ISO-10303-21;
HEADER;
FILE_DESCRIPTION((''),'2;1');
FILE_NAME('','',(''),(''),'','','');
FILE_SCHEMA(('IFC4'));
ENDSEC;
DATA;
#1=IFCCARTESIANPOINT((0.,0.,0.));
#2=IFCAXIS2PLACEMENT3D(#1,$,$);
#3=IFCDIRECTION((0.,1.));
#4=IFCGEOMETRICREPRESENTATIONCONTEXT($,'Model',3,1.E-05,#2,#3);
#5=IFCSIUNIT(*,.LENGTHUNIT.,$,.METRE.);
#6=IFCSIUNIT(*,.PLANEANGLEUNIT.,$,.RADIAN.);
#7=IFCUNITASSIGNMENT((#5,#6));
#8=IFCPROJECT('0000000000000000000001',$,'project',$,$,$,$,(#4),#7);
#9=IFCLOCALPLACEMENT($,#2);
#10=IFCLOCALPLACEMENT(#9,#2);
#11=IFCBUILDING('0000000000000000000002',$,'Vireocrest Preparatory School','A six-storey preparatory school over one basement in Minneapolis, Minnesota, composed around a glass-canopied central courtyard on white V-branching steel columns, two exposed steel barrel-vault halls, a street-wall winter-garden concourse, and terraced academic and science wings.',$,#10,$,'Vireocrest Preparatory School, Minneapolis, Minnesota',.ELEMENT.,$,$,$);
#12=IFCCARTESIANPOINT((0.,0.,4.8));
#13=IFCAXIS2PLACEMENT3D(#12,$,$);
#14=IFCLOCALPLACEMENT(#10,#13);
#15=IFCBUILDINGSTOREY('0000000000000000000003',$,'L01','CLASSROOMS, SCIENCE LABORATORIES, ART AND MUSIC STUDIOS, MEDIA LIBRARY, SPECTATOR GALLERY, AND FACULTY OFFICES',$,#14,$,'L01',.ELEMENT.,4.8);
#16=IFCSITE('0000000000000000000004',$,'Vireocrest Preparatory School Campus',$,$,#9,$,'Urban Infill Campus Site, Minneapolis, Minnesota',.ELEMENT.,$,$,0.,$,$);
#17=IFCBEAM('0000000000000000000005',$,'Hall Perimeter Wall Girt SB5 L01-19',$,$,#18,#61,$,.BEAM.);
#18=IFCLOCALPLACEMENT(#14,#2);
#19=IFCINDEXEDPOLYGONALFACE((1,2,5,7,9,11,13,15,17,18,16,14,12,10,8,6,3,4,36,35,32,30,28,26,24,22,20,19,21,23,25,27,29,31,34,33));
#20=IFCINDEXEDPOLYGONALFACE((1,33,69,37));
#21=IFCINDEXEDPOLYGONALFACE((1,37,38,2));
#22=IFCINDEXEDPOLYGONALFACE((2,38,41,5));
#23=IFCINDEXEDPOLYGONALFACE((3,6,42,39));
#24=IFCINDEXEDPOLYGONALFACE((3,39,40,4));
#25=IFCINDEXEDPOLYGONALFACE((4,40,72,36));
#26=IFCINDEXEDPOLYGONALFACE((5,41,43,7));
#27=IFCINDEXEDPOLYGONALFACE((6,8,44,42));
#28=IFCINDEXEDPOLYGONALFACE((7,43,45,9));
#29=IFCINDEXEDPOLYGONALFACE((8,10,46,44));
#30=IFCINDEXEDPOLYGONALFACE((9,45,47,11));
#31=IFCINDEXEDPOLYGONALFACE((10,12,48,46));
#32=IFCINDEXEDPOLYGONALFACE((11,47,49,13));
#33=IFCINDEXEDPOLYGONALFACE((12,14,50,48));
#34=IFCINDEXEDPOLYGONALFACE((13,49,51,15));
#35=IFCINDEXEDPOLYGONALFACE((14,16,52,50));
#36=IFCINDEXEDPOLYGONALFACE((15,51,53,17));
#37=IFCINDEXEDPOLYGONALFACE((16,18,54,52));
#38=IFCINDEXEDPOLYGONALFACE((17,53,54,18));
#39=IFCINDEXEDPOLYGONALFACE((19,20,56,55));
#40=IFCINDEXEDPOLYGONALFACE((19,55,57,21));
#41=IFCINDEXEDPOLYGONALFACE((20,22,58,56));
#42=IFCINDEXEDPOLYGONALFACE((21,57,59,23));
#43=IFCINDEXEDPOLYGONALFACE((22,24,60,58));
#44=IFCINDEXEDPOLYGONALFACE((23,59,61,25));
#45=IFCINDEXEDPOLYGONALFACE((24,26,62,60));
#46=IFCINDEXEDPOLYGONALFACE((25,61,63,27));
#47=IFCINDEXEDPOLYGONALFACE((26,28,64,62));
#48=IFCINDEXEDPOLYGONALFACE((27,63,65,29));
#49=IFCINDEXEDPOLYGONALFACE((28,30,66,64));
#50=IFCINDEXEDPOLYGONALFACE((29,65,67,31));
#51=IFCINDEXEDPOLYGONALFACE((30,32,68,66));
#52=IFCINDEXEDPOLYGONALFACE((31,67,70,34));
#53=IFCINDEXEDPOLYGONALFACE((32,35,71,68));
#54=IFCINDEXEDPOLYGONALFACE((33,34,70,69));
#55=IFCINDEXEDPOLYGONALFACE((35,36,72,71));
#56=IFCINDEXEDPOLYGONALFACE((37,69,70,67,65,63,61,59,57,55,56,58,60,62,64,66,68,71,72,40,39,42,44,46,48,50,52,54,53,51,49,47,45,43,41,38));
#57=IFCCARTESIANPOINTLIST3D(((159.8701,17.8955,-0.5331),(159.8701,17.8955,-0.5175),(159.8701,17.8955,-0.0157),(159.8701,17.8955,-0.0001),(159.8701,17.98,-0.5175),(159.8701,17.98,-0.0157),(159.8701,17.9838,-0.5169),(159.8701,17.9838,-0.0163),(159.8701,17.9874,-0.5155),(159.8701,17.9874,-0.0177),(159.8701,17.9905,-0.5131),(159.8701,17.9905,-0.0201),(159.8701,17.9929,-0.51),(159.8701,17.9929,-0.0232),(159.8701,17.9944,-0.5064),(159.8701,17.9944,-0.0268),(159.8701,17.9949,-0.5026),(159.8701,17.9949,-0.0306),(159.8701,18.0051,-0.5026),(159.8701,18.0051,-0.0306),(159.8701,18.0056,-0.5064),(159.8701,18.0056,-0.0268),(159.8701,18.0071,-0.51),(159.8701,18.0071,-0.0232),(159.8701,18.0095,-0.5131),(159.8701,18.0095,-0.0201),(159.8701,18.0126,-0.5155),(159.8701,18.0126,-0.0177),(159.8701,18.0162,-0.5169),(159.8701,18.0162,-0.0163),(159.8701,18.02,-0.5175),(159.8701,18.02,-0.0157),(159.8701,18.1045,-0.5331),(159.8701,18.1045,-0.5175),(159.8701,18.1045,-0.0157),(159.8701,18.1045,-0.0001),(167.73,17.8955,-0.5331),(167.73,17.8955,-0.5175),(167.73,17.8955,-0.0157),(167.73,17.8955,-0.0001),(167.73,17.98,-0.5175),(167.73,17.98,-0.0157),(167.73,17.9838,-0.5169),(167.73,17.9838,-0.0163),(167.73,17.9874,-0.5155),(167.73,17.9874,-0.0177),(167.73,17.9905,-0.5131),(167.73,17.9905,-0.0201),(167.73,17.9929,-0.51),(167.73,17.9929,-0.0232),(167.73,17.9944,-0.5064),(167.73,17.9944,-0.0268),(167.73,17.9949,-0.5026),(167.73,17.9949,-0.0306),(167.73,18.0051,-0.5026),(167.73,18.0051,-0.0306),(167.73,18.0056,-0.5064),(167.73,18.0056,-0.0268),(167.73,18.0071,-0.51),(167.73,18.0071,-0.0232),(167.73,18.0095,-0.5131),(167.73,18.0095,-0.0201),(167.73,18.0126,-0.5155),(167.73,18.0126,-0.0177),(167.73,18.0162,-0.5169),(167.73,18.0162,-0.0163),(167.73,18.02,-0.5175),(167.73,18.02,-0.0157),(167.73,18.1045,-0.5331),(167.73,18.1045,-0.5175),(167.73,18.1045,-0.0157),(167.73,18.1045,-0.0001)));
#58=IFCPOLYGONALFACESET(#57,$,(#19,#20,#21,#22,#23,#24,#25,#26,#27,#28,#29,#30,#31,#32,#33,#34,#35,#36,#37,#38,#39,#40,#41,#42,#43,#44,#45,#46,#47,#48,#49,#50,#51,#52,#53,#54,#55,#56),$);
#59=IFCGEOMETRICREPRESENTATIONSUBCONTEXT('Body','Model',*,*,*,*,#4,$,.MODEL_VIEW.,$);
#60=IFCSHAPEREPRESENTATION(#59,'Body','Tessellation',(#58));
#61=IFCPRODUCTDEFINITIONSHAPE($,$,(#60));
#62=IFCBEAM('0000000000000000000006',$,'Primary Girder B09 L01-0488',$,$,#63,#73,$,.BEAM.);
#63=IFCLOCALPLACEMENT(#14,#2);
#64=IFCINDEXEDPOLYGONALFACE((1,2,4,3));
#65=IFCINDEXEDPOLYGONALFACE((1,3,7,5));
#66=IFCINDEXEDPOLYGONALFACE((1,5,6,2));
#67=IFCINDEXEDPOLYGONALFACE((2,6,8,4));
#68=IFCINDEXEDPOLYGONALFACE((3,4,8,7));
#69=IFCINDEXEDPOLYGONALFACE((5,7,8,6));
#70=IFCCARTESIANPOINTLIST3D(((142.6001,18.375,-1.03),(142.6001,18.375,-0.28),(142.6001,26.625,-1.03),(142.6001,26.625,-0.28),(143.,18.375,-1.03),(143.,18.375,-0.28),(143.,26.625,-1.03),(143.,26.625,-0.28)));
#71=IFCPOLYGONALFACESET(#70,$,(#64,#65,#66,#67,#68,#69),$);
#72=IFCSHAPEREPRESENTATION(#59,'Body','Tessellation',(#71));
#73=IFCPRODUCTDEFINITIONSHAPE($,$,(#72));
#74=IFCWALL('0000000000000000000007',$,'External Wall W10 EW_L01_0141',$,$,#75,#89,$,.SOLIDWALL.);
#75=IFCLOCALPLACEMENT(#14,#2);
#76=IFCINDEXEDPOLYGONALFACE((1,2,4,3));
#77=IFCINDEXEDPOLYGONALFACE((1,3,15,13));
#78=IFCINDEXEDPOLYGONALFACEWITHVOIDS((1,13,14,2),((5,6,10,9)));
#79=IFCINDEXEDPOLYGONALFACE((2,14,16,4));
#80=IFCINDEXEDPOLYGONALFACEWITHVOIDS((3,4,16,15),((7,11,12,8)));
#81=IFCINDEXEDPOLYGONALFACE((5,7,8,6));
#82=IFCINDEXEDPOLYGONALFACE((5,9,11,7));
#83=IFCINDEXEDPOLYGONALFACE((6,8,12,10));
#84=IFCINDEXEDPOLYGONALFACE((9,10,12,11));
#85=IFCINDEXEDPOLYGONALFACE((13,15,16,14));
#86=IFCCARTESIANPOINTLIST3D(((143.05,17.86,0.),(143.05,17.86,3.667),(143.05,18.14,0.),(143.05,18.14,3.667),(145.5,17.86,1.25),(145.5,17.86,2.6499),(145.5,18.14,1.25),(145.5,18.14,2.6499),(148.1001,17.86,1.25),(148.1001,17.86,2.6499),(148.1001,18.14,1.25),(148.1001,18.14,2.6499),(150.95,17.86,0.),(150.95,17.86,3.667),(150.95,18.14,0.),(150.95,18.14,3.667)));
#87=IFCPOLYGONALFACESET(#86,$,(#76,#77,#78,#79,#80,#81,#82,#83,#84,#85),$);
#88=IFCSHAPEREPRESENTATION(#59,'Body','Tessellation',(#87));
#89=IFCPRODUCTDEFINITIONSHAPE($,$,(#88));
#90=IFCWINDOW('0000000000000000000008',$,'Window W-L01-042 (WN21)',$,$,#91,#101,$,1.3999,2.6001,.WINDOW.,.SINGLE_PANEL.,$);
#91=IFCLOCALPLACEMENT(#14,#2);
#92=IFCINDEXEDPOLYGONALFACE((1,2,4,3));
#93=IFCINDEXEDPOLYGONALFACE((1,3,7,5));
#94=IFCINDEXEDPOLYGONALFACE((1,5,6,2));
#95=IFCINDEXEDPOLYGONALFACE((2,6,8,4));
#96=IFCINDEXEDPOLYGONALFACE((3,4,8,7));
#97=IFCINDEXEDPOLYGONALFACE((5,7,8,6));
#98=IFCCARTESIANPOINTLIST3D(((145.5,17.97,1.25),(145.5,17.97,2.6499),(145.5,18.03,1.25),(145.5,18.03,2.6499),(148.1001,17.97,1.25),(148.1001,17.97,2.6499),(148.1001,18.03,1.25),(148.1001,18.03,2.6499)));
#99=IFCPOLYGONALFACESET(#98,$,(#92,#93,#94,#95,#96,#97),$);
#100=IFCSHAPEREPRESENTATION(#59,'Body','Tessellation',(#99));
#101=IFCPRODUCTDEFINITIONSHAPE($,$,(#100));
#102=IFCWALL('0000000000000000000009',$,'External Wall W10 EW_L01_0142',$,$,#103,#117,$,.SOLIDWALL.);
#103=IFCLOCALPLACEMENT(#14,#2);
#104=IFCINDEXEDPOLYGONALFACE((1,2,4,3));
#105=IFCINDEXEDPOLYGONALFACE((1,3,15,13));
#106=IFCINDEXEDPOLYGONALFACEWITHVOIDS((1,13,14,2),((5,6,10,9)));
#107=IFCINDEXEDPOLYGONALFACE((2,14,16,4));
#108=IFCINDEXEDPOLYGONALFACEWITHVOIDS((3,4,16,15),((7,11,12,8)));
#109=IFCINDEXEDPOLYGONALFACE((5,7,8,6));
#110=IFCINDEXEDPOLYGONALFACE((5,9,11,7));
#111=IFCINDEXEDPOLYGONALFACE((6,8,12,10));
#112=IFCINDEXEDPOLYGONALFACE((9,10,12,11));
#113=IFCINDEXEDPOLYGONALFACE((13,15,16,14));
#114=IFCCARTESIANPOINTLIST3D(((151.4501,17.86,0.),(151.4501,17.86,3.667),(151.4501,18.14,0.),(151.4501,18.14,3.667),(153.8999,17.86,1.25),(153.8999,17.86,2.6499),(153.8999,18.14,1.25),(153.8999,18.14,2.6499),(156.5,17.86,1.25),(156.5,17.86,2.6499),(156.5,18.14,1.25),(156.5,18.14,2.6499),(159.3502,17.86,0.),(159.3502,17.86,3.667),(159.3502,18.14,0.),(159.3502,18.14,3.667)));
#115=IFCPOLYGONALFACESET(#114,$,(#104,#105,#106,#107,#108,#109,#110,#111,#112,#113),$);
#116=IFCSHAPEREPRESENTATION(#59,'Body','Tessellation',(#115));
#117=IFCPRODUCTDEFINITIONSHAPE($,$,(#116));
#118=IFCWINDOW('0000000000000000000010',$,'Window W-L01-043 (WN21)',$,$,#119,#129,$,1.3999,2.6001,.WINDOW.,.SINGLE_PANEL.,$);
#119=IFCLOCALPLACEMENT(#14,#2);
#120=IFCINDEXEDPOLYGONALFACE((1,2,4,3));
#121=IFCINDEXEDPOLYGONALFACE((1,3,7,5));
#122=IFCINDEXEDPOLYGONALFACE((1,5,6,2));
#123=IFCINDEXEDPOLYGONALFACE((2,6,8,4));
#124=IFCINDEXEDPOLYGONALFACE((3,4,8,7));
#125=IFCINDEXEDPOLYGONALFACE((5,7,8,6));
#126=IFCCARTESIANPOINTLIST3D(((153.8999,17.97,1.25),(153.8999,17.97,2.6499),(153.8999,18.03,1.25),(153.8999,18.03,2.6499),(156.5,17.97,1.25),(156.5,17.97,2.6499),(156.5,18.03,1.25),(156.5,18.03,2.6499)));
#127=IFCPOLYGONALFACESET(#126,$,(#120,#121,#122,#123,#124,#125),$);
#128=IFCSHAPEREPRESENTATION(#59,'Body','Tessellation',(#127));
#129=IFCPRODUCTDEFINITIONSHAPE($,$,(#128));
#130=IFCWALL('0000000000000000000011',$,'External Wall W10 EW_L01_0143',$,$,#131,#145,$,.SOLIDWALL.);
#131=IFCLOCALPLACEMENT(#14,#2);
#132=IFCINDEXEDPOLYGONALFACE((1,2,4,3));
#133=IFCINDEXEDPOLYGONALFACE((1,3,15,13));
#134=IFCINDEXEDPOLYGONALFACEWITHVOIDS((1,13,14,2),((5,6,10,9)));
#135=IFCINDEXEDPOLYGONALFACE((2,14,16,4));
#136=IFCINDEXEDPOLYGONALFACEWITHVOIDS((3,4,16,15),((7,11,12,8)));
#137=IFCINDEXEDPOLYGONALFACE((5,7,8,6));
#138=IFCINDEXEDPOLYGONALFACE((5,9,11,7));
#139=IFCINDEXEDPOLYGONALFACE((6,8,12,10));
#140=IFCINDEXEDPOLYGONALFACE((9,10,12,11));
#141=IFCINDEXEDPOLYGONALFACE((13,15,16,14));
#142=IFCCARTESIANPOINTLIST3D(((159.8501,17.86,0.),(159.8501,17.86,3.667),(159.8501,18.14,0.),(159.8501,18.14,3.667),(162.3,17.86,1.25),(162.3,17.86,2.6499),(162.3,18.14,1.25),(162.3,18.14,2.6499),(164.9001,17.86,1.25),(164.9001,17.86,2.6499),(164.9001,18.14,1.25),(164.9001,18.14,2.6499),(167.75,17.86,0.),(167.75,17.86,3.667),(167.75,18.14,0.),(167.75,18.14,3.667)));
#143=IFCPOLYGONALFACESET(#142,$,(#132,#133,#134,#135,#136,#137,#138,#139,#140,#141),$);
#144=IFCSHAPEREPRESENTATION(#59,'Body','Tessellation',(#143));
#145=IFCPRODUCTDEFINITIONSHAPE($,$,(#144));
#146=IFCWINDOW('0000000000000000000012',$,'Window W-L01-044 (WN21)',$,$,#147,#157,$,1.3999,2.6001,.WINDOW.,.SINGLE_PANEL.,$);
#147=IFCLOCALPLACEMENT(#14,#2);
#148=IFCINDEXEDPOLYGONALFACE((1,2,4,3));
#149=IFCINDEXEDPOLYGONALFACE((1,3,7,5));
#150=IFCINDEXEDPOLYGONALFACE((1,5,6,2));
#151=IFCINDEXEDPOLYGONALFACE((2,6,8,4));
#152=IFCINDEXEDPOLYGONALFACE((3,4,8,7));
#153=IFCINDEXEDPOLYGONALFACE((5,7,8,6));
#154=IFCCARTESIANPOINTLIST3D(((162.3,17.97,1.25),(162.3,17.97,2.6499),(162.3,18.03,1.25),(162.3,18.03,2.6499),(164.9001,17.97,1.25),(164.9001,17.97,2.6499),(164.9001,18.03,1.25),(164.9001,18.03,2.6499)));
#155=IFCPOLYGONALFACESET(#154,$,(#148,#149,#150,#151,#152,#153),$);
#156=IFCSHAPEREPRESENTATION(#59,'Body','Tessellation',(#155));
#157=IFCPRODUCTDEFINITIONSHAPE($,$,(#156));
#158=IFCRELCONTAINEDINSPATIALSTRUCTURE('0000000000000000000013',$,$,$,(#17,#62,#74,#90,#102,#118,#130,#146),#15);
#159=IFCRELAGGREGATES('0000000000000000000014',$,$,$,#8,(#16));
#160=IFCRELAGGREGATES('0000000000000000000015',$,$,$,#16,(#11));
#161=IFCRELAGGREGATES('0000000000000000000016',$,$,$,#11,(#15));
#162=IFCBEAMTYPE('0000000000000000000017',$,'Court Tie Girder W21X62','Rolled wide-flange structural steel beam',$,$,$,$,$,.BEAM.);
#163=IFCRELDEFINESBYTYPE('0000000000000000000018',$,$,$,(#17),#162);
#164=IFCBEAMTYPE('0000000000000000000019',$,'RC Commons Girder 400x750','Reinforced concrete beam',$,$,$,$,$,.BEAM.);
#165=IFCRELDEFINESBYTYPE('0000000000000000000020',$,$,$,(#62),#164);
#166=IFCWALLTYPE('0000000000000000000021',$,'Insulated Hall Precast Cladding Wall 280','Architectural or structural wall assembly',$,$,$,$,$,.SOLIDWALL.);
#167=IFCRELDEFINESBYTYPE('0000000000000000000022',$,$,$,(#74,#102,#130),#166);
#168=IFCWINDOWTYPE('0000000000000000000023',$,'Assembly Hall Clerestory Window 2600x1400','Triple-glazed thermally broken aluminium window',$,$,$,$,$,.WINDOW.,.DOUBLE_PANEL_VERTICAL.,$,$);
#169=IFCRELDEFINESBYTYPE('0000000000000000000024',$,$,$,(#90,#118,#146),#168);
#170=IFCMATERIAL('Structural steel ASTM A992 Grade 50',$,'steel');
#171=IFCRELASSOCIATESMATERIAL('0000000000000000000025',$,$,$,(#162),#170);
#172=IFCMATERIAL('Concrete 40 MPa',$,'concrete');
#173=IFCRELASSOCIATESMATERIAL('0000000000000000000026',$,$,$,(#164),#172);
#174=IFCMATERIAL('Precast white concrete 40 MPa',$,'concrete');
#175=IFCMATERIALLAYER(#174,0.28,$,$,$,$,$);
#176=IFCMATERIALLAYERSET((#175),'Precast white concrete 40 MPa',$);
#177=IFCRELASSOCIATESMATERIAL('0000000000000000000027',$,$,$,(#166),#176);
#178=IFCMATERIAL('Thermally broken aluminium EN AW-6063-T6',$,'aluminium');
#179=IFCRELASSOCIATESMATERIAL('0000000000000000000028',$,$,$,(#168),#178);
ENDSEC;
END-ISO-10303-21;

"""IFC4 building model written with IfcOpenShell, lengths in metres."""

from ifc_helpers import new_model, si_unit, direction, frame, frame_2d, origin, origin_2d, place, context, subcontext, project, spatial, rectangle, i_section, extrude, material, layer, layer_set, material_profile, profile_set, type_object, element, fill, save


model = new_model("IFC4")

# Units and contexts
model_context = context("Model", 3, precision=1e-05, world=origin(), true_north=direction((0.0, 1.0)))
body_context = subcontext(model_context, "Body", "Model", "MODEL_VIEW")
ifc_project = project(units=[si_unit("LENGTHUNIT", "METRE"), si_unit("PLANEANGLEUNIT", "RADIAN")], contexts=[model_context])

# Site, building, storey
site_placement = place(None, origin())
site = spatial("IfcSite", under=ifc_project, at=site_placement, Name="Vireocrest Preparatory School Campus", LongName="Urban Infill Campus Site, Minneapolis, Minnesota", CompositionType="ELEMENT", RefElevation=0.0)
building_placement = place(site_placement, origin())
building = spatial("IfcBuilding", under=site, at=building_placement, Name="Vireocrest Preparatory School", Description="A six-storey preparatory school over one basement in Minneapolis, Minnesota, composed around a glass-canopied central courtyard on white V-branching steel columns, two exposed steel barrel-vault halls, a street-wall winter-garden concourse, and terraced academic and science wings.", LongName="Vireocrest Preparatory School, Minneapolis, Minnesota", CompositionType="ELEMENT")
storey_placement = place(building_placement, frame((0.0, 0.0, 4.8)))
storey = spatial("IfcBuildingStorey", under=building, at=storey_placement, Name="L01", Description="CLASSROOMS, SCIENCE LABORATORIES, ART AND MUSIC STUDIOS, MEDIA LIBRARY, SPECTATOR GALLERY, AND FACULTY OFFICES", LongName="L01", CompositionType="ELEMENT", Elevation=4.8)

# Beams
ifc_material_1 = material(Name="Structural steel ASTM A992 Grade 50", Category="steel")
ifc_material_profile_1 = material_profile(ifc_material_1, i_section(OverallWidth=0.209, OverallDepth=0.533, WebThickness=0.0103, FlangeThickness=0.0156, FilletRadius=0.0149, at=origin_2d()), Name="W21X62")
ifc_profile_set_1 = profile_set([ifc_material_profile_1], Name="Structural steel ASTM A992 Grade 50")
beam_type_1 = type_object("IfcBeamType", Name="Court Tie Girder W21X62", Description="Rolled wide-flange structural steel beam", PredefinedType="BEAM", material=ifc_profile_set_1)
beam_1_placement = place(storey_placement, frame((159.8701, 18.0, -0.2666), z_axis=(1.0, 0.0, 0.0), x_axis=(0.0, 1.0, 0.0)))
element("IfcBeam", 1, at=beam_1_placement, inside=storey, type_object=beam_type_1, Name="Hall Perimeter Wall Girt SB5 L01-19", PredefinedType="BEAM", context=body_context, shape_type="SweptSolid", body=[
    extrude(i_section(OverallWidth=0.209, OverallDepth=0.533, WebThickness=0.0103, FlangeThickness=0.0156, FilletRadius=0.0149, at=origin_2d()), origin(), (0.0, 0.0, 1.0), 7.8599),
])
ifc_material_2 = material(Name="Concrete 40 MPa", Category="concrete")
ifc_material_profile_2 = material_profile(ifc_material_2, rectangle(XDim=0.3999, YDim=0.75, at=origin_2d()), Name="RC 400x750")
ifc_profile_set_2 = profile_set([ifc_material_profile_2], Name="Concrete 40 MPa")
beam_type_2 = type_object("IfcBeamType", Name="RC Commons Girder 400x750", Description="Reinforced concrete beam", PredefinedType="BEAM", material=ifc_profile_set_2)
beam_2_placement = place(storey_placement, frame((142.8, 18.375, -0.655), z_axis=(0.0, 1.0, 0.0), x_axis=(-1.0, 0.0, 0.0)))
element("IfcBeam", 2, at=beam_2_placement, inside=storey, type_object=beam_type_2, Name="Primary Girder B09 L01-0488", PredefinedType="BEAM", context=body_context, shape_type="SweptSolid", body=[
    extrude(rectangle(XDim=0.3999, YDim=0.75, at=origin_2d()), origin(), (0.0, 0.0, 1.0), 8.25),
])

# Walls, openings, windows
ifc_material_3 = material(Name="Precast white concrete 40 MPa", Category="concrete")
ifc_layer = layer(ifc_material_3, 0.28)
ifc_layer_set = layer_set([ifc_layer], Name="Precast white concrete 40 MPa")
wall_type = type_object("IfcWallType", Name="Insulated Hall Precast Cladding Wall 280", Description="Architectural or structural wall assembly", PredefinedType="SOLIDWALL", material=ifc_layer_set)
wall_1_placement = place(storey_placement, frame((143.05, 18.0, 0.0), z_axis=(0.0, 0.0, 1.0), x_axis=(1.0, 0.0, 0.0)))
wall_1 = element("IfcWall", 3, at=wall_1_placement, inside=storey, type_object=wall_type, Name="External Wall W10 EW_L01_0141", PredefinedType="SOLIDWALL", context=body_context, shape_type="SweptSolid", body=[
    extrude(rectangle(XDim=7.8999, YDim=0.28, at=frame_2d((3.95, 0.0))), origin(), (0.0, 0.0, 1.0), 3.667),
])
opening_1_placement = place(wall_1_placement, frame((2.45, 0.0, 1.25)))
opening_1 = element("IfcOpeningElement", 4, at=opening_1_placement, cuts=wall_1, PredefinedType="OPENING", context=body_context, shape_type="SweptSolid", body=[
    extrude(rectangle(XDim=2.6001, YDim=1.3999, at=frame_2d((1.3, 0.7))), frame((0.0, 0.1499, 0.0), z_axis=(0.0, -1.0, 0.0), x_axis=(1.0, 0.0, 0.0)), (0.0, 0.0, 1.0), 0.3),
])
ifc_material_4 = material(Name="Thermally broken aluminium EN AW-6063-T6", Category="aluminium")
window_type = type_object("IfcWindowType", Name="Assembly Hall Clerestory Window 2600x1400", Description="Triple-glazed thermally broken aluminium window", PartitioningType="DOUBLE_PANEL_VERTICAL", PredefinedType="WINDOW", material=ifc_material_4)
window_1_placement = place(opening_1_placement, origin())
window_1 = element("IfcWindow", 5, at=window_1_placement, inside=storey, type_object=window_type, Name="Window W-L01-042 (WN21)", OverallHeight=1.3999, OverallWidth=2.6001, PartitioningType="SINGLE_PANEL", PredefinedType="WINDOW", context=body_context, shape_type="SweptSolid", body=[
    extrude(rectangle(XDim=2.6001, YDim=1.3999, at=frame_2d((1.3, 0.7))), frame((0.0, 0.03, 0.0), z_axis=(0.0, -1.0, 0.0), x_axis=(1.0, 0.0, 0.0)), (0.0, 0.0, 1.0), 0.0601),
])
fill(opening_1, window_1)
wall_2_placement = place(storey_placement, frame((151.45, 18.0, 0.0), z_axis=(0.0, 0.0, 1.0), x_axis=(1.0, 0.0, 0.0)))
wall_2 = element("IfcWall", 6, at=wall_2_placement, inside=storey, type_object=wall_type, Name="External Wall W10 EW_L01_0142", PredefinedType="SOLIDWALL", context=body_context, shape_type="SweptSolid", body=[
    extrude(rectangle(XDim=7.9001, YDim=0.28, at=frame_2d((3.9502, 0.0))), origin(), (0.0, 0.0, 1.0), 3.667),
])
opening_2_placement = place(wall_2_placement, frame((2.45, 0.0, 1.25)))
opening_2 = element("IfcOpeningElement", 7, at=opening_2_placement, cuts=wall_2, PredefinedType="OPENING", context=body_context, shape_type="SweptSolid", body=[
    extrude(rectangle(XDim=2.6001, YDim=1.3999, at=frame_2d((1.3, 0.7))), frame((0.0, 0.1499, 0.0), z_axis=(0.0, -1.0, 0.0), x_axis=(1.0, 0.0, 0.0)), (0.0, 0.0, 1.0), 0.3),
])
window_2_placement = place(opening_2_placement, origin())
window_2 = element("IfcWindow", 8, at=window_2_placement, inside=storey, type_object=window_type, Name="Window W-L01-043 (WN21)", OverallHeight=1.3999, OverallWidth=2.6001, PartitioningType="SINGLE_PANEL", PredefinedType="WINDOW", context=body_context, shape_type="SweptSolid", body=[
    extrude(rectangle(XDim=2.6001, YDim=1.3999, at=frame_2d((1.3, 0.7))), frame((0.0, 0.03, 0.0), z_axis=(0.0, -1.0, 0.0), x_axis=(1.0, 0.0, 0.0)), (0.0, 0.0, 1.0), 0.0601),
])
fill(opening_2, window_2)
wall_3_placement = place(storey_placement, frame((159.8501, 18.0, 0.0), z_axis=(0.0, 0.0, 1.0), x_axis=(1.0, 0.0, 0.0)))
wall_3 = element("IfcWall", 9, at=wall_3_placement, inside=storey, type_object=wall_type, Name="External Wall W10 EW_L01_0143", PredefinedType="SOLIDWALL", context=body_context, shape_type="SweptSolid", body=[
    extrude(rectangle(XDim=7.8999, YDim=0.28, at=frame_2d((3.95, 0.0))), origin(), (0.0, 0.0, 1.0), 3.667),
])
opening_3_placement = place(wall_3_placement, frame((2.45, 0.0, 1.25)))
opening_3 = element("IfcOpeningElement", 10, at=opening_3_placement, cuts=wall_3, PredefinedType="OPENING", context=body_context, shape_type="SweptSolid", body=[
    extrude(rectangle(XDim=2.6001, YDim=1.3999, at=frame_2d((1.3, 0.7))), frame((0.0, 0.1499, 0.0), z_axis=(0.0, -1.0, 0.0), x_axis=(1.0, 0.0, 0.0)), (0.0, 0.0, 1.0), 0.3),
])
window_3_placement = place(opening_3_placement, origin())
window_3 = element("IfcWindow", 11, at=window_3_placement, inside=storey, type_object=window_type, Name="Window W-L01-044 (WN21)", OverallHeight=1.3999, OverallWidth=2.6001, PartitioningType="SINGLE_PANEL", PredefinedType="WINDOW", context=body_context, shape_type="SweptSolid", body=[
    extrude(rectangle(XDim=2.6001, YDim=1.3999, at=frame_2d((1.3, 0.7))), frame((0.0, 0.03, 0.0), z_axis=(0.0, -1.0, 0.0), x_axis=(1.0, 0.0, 0.0)), (0.0, 0.0, 1.0), 0.0601),
])
fill(opening_3, window_3)

save(model, "model.ifc")
